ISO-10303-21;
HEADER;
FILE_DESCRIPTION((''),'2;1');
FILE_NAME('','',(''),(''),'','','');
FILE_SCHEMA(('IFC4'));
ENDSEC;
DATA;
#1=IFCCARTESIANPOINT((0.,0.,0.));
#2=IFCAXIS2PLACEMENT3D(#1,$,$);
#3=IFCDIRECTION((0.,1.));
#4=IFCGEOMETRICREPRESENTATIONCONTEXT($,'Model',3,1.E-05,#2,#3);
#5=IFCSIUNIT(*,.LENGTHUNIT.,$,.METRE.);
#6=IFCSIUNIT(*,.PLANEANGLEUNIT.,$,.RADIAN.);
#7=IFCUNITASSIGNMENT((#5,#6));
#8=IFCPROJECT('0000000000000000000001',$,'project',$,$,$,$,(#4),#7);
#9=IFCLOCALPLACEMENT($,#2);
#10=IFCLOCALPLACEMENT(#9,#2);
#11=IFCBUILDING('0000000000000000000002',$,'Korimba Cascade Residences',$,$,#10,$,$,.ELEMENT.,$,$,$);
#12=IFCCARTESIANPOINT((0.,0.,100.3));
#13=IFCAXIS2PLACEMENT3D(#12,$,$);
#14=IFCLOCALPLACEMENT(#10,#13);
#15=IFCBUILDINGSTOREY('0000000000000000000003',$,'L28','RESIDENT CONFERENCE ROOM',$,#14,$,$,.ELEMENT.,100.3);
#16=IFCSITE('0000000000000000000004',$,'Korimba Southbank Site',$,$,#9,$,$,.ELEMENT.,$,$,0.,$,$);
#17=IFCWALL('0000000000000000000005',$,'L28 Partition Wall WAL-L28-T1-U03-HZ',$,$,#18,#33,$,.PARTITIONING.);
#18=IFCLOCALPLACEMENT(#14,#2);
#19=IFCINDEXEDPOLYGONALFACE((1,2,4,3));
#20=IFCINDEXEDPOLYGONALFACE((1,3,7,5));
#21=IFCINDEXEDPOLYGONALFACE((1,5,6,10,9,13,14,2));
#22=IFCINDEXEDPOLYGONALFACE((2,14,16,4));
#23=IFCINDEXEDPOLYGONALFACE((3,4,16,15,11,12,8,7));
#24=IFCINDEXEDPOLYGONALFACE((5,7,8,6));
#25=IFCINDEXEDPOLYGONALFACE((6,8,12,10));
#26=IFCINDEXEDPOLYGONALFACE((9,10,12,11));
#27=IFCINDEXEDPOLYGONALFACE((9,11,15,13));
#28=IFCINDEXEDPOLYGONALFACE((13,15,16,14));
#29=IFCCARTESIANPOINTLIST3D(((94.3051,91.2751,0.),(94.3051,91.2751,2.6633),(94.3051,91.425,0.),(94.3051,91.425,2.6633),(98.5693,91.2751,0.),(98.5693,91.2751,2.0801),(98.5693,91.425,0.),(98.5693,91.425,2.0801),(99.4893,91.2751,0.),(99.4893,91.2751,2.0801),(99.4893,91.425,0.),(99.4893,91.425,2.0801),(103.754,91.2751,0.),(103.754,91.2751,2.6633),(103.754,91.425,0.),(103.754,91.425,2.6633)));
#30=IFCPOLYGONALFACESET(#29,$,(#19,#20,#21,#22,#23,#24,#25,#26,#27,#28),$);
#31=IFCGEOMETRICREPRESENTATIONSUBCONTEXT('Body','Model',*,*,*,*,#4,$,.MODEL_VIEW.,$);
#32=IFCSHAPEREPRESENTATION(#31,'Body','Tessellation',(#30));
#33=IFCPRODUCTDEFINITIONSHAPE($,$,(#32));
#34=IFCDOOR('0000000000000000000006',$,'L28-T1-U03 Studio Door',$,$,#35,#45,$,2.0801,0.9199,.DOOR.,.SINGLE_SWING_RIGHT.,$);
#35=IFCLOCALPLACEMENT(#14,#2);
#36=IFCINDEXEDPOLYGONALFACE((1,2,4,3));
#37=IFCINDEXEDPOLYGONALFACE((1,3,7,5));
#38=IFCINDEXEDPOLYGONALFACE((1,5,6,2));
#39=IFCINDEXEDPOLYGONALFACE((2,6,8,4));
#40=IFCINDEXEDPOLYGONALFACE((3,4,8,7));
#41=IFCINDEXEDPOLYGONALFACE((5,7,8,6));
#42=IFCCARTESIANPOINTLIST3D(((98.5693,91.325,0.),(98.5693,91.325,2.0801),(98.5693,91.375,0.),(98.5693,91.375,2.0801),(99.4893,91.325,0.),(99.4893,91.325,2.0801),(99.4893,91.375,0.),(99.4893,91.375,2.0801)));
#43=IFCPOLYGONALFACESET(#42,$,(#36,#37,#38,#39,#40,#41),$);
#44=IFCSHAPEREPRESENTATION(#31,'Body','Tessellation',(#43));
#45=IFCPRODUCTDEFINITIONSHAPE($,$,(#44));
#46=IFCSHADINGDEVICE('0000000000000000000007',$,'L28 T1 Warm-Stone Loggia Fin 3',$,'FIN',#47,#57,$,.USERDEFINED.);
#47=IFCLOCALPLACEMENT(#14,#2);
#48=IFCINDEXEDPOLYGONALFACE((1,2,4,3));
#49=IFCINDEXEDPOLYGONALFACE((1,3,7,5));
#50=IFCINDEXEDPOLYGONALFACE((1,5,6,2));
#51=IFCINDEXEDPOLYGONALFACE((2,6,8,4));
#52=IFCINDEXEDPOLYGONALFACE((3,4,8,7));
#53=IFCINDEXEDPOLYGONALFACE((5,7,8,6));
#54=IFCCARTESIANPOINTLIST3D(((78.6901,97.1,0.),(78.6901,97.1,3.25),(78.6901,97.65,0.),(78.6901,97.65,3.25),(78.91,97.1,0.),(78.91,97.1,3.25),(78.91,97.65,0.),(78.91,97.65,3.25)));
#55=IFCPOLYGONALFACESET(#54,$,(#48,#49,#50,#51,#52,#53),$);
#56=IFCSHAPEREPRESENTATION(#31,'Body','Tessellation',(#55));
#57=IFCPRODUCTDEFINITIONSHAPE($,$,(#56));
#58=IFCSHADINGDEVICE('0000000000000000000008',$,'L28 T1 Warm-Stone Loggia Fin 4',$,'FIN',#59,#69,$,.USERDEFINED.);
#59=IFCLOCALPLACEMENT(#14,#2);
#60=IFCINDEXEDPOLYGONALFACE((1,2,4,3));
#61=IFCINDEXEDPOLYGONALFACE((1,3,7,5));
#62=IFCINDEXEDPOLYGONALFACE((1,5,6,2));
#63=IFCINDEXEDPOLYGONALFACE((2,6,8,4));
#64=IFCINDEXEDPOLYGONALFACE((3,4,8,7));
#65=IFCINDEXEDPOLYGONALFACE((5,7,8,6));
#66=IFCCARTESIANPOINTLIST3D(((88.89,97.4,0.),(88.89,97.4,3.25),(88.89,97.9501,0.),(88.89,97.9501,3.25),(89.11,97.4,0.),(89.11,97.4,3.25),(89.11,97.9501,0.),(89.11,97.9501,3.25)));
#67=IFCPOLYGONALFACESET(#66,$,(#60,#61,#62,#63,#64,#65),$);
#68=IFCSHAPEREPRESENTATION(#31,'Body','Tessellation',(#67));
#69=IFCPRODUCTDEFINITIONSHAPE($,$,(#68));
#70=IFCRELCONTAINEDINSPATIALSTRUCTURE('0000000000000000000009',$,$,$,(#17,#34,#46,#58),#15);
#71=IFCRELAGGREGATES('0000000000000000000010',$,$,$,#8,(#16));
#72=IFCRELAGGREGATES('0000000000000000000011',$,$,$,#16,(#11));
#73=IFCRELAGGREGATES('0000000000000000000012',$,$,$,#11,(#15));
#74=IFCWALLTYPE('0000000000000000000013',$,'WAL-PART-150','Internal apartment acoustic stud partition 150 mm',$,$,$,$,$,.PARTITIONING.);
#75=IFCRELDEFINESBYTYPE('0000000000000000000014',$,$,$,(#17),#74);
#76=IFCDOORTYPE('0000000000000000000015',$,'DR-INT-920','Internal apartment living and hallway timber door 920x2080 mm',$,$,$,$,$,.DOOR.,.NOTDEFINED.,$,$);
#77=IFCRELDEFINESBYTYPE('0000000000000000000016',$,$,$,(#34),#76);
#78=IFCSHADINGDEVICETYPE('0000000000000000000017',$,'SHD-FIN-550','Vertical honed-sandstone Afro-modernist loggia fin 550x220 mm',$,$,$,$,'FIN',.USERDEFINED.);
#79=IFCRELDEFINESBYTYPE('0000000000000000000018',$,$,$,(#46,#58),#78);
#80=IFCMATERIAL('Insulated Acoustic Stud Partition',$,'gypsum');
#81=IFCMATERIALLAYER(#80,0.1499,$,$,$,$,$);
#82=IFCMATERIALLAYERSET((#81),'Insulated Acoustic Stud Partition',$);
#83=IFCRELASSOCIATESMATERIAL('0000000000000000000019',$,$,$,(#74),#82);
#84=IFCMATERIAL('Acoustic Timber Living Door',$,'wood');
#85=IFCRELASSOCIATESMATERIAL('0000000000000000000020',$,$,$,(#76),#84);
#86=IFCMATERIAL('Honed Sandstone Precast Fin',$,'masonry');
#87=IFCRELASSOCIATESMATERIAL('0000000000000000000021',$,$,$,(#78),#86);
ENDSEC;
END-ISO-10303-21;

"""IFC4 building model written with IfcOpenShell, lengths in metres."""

from ifc_helpers import new_model, si_unit, direction, frame, frame_2d, origin, origin_2d, place, context, subcontext, project, spatial, rectangle, extrude, material, layer, layer_set, type_object, element, fill, save


model = new_model("IFC4")

# Units and contexts
model_context = context("Model", 3, precision=1e-05, world=origin(), true_north=direction((0.0, 1.0)))
body_context = subcontext(model_context, "Body", "Model", "MODEL_VIEW")
ifc_project = project(units=[si_unit("LENGTHUNIT", "METRE"), si_unit("PLANEANGLEUNIT", "RADIAN")], contexts=[model_context])

# Site, building, storey
site_placement = place(None, origin())
site = spatial("IfcSite", under=ifc_project, at=site_placement, Name="Korimba Southbank Site", CompositionType="ELEMENT", RefElevation=0.0)
building_placement = place(site_placement, origin())
building = spatial("IfcBuilding", under=site, at=building_placement, Name="Korimba Cascade Residences", CompositionType="ELEMENT")
storey_placement = place(building_placement, frame((0.0, 0.0, 100.3)))
storey = spatial("IfcBuildingStorey", under=building, at=storey_placement, Name="L28", Description="RESIDENT CONFERENCE ROOM", CompositionType="ELEMENT", Elevation=100.3)

# Shared definitions
ifc_material_1 = material(Name="Insulated Acoustic Stud Partition", Category="gypsum")
ifc_layer_1 = layer(ifc_material_1, 0.1499)
ifc_layer_set_1 = layer_set([ifc_layer_1], Name="Insulated Acoustic Stud Partition")
wall_type_1 = type_object("IfcWallType", Name="WAL-PART-150", Description="Internal apartment acoustic stud partition 150 mm", PredefinedType="PARTITIONING", material=ifc_layer_set_1)

# Wall, opening, door
ifc_material_2 = material(Name="Acoustic Timber Living Door", Category="wood")
door_type_1 = type_object("IfcDoorType", Name="DR-INT-920", Description="Internal apartment living and hallway timber door 920x2080 mm", OperationType="NOTDEFINED", PredefinedType="DOOR", material=ifc_material_2)
wall_1_placement = place(storey_placement, frame((94.3049, 91.3501, 0.0), z_axis=(0.0, 0.0, 1.0), x_axis=(1.0, 0.0, 0.0)))
wall_1 = element("IfcWall", 1, at=wall_1_placement, inside=storey, type_object=wall_type_1, Name="L28 Partition Wall WAL-L28-T1-U03-HZ", PredefinedType="PARTITIONING", context=body_context, shape_type="SweptSolid", body=[
    extrude(rectangle(XDim=9.449, YDim=0.1499, at=frame_2d((4.7246, 0.0))), origin(), (0.0, 0.0, 1.0), 2.6633),
])
opening_1_placement = place(wall_1_placement, frame((4.2644, 0.0, 0.0)))
opening_1 = element("IfcOpeningElement", 2, at=opening_1_placement, cuts=wall_1, PredefinedType="OPENING", context=body_context, shape_type="SweptSolid", body=[
    extrude(rectangle(XDim=0.9199, YDim=2.0801, at=frame_2d((0.46, 1.04))), frame((0.0, 0.085, 0.0), z_axis=(0.0, -1.0, 0.0), x_axis=(1.0, 0.0, 0.0)), (0.0, 0.0, 1.0), 0.1699),
])
door_1_placement = place(opening_1_placement, origin())
door_1 = element("IfcDoor", 3, at=door_1_placement, inside=storey, type_object=door_type_1, Name="L28-T1-U03 Studio Door", OperationType="SINGLE_SWING_RIGHT", OverallHeight=2.0801, OverallWidth=0.9199, PredefinedType="DOOR", context=body_context, shape_type="SweptSolid", body=[
    extrude(rectangle(XDim=0.9199, YDim=2.0801, at=frame_2d((0.46, 1.04))), frame((0.0, 0.0249, 0.0), z_axis=(0.0, -1.0, 0.0), x_axis=(1.0, 0.0, 0.0)), (0.0, 0.0, 1.0), 0.05),
])
fill(opening_1, door_1)

# Shading devices
ifc_material_3 = material(Name="Honed Sandstone Precast Fin", Category="masonry")
shading_device_type = type_object("IfcShadingDeviceType", Name="SHD-FIN-550", Description="Vertical honed-sandstone Afro-modernist loggia fin 550x220 mm", ElementType="FIN", PredefinedType="USERDEFINED", material=ifc_material_3)
for number, where, z_axis, x_axis, name in (
    (4, (78.8, 97.375, 0.0), (0.0, 0.0, 1.0), (1.0, 0.0, 0.0), "L28 T1 Warm-Stone Loggia Fin 3"),
    (5, (89.0, 97.675, 0.0), (0.0, 0.0, 1.0), (1.0, 0.0, 0.0), "L28 T1 Warm-Stone Loggia Fin 4"),
):
    element("IfcShadingDevice", number, at=place(storey_placement, frame(where, z_axis=z_axis, x_axis=x_axis)), inside=storey, type_object=shading_device_type, Name=name, ObjectType="FIN", PredefinedType="USERDEFINED", context=body_context, shape_type="SweptSolid", body=[
        extrude(rectangle(XDim=0.22, YDim=0.55, at=origin_2d()), origin(), (0.0, 0.0, 1.0), 3.25),
    ])

save(model, "model.ifc")
